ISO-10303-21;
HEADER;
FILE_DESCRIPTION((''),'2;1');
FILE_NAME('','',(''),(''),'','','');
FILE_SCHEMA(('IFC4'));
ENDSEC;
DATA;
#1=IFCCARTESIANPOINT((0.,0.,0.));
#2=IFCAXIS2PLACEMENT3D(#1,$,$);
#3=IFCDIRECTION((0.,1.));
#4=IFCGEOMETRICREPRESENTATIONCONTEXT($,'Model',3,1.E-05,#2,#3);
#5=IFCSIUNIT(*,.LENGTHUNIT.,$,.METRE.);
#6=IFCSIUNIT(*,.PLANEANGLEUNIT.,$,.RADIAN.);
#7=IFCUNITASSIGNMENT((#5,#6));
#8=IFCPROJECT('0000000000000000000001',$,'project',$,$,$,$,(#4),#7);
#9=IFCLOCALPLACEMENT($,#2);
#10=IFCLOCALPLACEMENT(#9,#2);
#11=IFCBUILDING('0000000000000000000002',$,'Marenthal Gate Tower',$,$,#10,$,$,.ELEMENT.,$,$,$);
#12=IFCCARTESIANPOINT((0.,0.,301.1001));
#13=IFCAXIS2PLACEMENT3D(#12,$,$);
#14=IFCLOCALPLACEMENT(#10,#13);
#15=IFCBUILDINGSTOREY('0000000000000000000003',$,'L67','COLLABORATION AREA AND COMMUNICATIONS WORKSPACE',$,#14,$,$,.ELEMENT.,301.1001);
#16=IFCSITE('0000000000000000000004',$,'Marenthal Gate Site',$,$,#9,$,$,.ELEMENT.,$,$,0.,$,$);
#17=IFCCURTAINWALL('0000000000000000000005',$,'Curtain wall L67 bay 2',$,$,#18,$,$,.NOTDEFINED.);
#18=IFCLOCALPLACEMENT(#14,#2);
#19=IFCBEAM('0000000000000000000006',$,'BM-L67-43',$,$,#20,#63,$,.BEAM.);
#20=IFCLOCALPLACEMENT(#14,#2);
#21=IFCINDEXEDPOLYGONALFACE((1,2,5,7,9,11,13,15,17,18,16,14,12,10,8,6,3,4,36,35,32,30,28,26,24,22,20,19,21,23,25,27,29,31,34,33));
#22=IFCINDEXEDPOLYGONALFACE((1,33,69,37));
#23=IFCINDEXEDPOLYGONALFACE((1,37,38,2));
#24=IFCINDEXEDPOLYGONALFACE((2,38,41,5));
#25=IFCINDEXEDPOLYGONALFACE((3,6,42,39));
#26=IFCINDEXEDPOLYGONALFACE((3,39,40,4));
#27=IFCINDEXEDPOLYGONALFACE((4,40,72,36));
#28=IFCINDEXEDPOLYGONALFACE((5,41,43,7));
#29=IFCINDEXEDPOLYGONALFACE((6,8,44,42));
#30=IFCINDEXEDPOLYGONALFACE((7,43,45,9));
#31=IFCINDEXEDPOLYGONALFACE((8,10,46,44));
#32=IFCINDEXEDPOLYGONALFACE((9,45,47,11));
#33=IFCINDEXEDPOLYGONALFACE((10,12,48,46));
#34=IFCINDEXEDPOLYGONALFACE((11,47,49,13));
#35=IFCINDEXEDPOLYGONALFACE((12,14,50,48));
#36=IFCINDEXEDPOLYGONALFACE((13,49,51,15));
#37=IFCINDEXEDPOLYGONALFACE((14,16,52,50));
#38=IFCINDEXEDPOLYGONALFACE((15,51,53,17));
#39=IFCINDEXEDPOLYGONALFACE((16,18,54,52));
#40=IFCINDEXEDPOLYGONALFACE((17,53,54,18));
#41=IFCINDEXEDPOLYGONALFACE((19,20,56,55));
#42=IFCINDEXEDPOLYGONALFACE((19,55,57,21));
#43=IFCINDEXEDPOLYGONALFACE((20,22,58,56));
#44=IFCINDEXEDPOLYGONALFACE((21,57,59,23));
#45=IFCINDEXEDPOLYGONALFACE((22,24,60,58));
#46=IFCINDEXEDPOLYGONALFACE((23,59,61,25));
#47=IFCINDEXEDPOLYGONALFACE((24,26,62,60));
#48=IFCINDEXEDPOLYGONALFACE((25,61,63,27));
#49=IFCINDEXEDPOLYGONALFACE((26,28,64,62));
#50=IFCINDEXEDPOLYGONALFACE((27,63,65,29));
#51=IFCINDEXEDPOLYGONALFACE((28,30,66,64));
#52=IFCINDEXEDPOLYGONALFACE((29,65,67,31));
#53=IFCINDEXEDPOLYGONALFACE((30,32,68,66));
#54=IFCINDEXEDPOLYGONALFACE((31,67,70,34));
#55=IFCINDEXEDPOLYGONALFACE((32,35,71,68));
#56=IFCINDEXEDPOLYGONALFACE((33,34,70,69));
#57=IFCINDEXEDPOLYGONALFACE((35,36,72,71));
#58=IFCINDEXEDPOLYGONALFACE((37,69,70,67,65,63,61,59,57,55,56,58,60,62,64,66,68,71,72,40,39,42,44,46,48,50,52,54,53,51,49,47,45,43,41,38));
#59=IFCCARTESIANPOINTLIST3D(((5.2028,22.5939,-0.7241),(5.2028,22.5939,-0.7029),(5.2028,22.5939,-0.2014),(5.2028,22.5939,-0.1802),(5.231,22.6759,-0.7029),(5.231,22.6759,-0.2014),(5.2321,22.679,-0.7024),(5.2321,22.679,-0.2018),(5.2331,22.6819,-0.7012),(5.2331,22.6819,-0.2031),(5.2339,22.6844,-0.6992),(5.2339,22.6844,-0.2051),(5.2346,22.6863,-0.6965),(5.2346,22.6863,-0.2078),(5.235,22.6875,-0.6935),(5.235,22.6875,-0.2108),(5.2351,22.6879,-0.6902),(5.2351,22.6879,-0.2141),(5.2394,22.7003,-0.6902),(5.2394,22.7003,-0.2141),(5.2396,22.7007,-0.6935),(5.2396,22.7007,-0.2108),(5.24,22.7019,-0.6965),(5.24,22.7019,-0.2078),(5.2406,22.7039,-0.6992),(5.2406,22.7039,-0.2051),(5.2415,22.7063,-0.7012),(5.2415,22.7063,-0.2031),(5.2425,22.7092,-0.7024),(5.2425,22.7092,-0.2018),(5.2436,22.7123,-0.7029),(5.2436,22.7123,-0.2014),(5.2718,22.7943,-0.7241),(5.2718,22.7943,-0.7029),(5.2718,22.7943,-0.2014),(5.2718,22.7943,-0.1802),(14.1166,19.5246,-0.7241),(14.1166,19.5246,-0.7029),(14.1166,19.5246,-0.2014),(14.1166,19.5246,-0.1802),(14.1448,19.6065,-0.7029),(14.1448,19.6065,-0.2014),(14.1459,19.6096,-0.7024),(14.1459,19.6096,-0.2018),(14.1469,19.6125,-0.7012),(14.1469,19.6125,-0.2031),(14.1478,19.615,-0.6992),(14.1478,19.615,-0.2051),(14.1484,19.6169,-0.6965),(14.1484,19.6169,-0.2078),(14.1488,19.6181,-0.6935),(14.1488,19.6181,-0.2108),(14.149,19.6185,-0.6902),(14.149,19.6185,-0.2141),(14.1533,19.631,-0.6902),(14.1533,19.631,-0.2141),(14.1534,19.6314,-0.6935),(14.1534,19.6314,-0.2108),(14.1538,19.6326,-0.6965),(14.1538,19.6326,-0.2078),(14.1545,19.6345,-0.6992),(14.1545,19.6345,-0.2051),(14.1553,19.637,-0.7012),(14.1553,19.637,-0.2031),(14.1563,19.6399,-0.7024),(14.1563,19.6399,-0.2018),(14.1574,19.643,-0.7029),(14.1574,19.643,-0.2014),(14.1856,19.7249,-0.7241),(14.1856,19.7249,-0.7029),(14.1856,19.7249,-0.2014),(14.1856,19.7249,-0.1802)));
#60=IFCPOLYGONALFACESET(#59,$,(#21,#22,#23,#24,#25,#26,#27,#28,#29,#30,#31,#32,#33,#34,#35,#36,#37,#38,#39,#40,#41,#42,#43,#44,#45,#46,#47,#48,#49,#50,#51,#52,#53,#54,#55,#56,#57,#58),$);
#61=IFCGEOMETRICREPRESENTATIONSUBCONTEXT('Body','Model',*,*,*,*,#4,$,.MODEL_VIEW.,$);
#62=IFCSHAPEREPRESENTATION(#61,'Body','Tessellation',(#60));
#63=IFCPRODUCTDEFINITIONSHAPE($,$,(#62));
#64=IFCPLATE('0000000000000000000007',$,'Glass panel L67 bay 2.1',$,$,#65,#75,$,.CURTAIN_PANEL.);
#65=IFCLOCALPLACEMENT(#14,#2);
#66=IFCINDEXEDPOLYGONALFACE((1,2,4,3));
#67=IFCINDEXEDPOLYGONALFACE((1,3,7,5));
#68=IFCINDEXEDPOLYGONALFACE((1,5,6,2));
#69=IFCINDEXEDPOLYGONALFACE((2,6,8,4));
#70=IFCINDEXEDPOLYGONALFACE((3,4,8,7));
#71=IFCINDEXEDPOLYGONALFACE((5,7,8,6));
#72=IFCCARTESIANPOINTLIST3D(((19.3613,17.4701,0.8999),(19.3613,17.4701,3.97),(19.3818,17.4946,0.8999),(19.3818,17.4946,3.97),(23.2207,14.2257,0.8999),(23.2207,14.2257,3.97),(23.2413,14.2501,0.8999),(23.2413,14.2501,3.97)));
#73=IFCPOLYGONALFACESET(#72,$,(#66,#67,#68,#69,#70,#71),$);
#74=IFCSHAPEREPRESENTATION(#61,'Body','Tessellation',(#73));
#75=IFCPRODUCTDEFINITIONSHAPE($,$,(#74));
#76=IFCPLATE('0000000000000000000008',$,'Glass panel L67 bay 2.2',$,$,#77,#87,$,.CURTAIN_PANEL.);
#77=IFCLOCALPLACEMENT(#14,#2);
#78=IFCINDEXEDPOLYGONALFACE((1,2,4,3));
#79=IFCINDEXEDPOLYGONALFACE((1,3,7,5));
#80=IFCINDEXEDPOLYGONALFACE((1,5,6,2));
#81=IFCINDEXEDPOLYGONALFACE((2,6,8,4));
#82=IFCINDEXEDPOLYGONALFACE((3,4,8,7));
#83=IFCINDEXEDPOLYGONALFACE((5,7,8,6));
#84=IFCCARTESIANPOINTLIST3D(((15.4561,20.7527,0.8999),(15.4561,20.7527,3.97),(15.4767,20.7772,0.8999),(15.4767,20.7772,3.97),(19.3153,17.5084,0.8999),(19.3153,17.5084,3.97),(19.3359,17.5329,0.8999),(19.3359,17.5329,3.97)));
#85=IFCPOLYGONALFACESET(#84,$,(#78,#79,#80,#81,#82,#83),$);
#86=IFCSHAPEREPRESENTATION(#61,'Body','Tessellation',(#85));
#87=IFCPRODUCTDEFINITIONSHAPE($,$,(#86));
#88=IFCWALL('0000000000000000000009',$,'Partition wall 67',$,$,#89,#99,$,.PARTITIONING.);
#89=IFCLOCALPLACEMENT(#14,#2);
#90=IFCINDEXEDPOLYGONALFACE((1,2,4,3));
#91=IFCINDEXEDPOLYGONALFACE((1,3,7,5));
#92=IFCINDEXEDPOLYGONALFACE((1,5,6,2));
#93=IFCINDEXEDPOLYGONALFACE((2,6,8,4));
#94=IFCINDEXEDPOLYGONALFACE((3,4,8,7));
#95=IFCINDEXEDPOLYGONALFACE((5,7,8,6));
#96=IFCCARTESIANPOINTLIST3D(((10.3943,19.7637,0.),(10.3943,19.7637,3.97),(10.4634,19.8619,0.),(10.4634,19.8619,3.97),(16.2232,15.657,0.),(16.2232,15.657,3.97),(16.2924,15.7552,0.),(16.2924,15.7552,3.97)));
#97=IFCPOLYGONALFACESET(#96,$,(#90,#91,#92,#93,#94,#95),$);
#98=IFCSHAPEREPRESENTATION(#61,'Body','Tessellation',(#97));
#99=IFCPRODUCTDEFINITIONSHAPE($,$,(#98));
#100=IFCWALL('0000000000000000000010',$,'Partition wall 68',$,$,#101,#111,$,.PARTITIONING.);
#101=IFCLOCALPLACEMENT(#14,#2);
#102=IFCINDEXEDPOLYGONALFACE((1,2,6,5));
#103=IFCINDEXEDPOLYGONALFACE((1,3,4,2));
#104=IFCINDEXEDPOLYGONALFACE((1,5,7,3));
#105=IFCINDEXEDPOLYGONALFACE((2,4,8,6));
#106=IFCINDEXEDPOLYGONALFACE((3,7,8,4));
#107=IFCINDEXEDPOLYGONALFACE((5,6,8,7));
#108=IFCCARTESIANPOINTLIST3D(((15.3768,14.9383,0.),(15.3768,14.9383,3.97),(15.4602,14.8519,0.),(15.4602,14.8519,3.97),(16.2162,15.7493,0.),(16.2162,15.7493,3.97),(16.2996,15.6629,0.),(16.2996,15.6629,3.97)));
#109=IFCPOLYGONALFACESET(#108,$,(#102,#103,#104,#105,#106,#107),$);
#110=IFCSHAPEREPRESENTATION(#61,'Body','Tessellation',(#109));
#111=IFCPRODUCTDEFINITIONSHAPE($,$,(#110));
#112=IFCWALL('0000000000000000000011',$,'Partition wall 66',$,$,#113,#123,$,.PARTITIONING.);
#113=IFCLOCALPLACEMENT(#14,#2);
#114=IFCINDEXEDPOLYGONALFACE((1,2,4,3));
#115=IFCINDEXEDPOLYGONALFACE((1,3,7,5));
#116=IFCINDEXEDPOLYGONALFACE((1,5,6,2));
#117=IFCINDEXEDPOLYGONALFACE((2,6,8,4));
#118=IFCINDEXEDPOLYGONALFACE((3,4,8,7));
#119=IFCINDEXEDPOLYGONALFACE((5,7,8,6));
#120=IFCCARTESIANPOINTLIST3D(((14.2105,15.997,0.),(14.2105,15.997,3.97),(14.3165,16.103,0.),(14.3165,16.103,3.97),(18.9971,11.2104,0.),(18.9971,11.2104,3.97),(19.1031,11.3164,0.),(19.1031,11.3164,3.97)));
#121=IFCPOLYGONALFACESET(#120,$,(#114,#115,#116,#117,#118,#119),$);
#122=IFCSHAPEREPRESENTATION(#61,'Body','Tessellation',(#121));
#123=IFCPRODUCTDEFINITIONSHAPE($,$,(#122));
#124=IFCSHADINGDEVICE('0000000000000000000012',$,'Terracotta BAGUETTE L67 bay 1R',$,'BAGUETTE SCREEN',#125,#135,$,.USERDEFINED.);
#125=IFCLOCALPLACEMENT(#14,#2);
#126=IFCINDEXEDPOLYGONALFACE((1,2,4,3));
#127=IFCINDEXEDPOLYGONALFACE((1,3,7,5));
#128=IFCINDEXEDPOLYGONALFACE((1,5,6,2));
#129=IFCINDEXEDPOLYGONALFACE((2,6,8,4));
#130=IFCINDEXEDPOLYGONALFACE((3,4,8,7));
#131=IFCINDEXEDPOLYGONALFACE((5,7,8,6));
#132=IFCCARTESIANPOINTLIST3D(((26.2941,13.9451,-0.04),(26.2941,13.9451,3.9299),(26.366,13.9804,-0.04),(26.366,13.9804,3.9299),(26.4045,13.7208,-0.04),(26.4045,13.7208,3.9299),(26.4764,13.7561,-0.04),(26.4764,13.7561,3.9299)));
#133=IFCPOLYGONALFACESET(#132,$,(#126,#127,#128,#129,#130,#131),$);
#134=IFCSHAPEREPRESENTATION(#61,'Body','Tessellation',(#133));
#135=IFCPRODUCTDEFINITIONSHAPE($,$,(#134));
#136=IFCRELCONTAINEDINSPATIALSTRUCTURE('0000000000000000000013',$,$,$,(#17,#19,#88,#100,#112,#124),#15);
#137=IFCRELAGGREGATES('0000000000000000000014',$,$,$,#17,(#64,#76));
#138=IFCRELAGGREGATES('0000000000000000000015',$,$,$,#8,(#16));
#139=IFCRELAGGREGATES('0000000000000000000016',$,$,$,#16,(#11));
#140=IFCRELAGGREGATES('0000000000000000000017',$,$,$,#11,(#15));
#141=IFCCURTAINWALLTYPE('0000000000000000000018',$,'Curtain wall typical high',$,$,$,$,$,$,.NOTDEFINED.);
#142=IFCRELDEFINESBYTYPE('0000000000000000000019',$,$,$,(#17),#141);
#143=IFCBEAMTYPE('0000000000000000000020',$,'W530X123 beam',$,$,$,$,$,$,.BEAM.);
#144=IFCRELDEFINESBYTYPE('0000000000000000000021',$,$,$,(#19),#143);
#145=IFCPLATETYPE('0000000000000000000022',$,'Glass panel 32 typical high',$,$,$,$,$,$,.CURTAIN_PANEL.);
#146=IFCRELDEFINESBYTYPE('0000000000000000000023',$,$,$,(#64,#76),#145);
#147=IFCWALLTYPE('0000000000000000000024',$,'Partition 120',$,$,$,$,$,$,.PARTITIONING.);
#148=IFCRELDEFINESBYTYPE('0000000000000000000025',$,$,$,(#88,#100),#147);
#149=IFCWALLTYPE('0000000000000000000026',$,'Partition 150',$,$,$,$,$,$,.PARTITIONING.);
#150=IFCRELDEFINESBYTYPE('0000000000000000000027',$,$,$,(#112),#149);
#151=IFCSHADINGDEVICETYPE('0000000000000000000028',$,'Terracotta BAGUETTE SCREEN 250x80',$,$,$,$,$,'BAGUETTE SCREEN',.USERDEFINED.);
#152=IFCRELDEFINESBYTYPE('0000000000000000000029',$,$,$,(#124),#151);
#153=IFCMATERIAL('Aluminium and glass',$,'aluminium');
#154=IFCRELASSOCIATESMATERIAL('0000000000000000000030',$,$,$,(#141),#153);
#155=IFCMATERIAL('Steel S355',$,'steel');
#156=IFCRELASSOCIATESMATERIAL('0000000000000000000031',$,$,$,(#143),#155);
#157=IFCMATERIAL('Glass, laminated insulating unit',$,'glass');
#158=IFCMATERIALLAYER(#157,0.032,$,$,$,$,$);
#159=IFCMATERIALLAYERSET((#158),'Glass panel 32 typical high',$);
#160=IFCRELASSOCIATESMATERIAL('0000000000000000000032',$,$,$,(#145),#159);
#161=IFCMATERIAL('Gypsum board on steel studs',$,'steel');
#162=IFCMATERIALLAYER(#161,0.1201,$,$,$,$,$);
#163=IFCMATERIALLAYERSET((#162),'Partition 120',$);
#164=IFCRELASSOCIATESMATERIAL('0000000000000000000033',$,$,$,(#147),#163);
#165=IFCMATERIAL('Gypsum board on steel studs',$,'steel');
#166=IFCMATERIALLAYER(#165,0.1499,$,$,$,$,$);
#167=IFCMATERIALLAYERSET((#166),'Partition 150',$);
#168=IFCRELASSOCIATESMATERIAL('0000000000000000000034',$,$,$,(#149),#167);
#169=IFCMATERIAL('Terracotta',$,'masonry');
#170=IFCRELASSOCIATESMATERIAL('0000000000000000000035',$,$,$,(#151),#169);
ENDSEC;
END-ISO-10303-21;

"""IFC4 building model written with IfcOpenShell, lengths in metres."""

from ifc_helpers import new_model, si_unit, direction, frame, frame_2d, origin, origin_2d, place, context, subcontext, project, spatial, rectangle, i_section, extrude, material, layer, layer_set, material_profile, profile_set, type_object, element, aggregate, save


model = new_model("IFC4")

# Units and contexts
model_context = context("Model", 3, precision=1e-05, world=origin(), true_north=direction((0.0, 1.0)))
body_context = subcontext(model_context, "Body", "Model", "MODEL_VIEW")
ifc_project = project(units=[si_unit("LENGTHUNIT", "METRE"), si_unit("PLANEANGLEUNIT", "RADIAN")], contexts=[model_context])

# Site, building, storey
site_placement = place(None, origin())
site = spatial("IfcSite", under=ifc_project, at=site_placement, Name="Marenthal Gate Site", CompositionType="ELEMENT", RefElevation=0.0)
building_placement = place(site_placement, origin())
building = spatial("IfcBuilding", under=site, at=building_placement, Name="Marenthal Gate Tower", CompositionType="ELEMENT")
storey_placement = place(building_placement, frame((0.0, 0.0, 301.1001)))
storey = spatial("IfcBuildingStorey", under=building, at=storey_placement, Name="L67", Description="COLLABORATION AREA AND COMMUNICATIONS WORKSPACE", CompositionType="ELEMENT", Elevation=301.1001)

# Curtain wall
ifc_material_1 = material(Name="Aluminium and glass", Category="aluminium")
curtain_wall_type = type_object("IfcCurtainWallType", Name="Curtain wall typical high", PredefinedType="NOTDEFINED", material=ifc_material_1)
curtain_wall_placement = place(storey_placement, origin())
curtain_wall = element("IfcCurtainWall", 1, at=curtain_wall_placement, inside=storey, type_object=curtain_wall_type, Name="Curtain wall L67 bay 2", PredefinedType="NOTDEFINED")

# Beam
ifc_material_2 = material(Name="Steel S355", Category="steel")
ifc_material_profile_1 = material_profile(ifc_material_2, i_section(OverallWidth=0.2119, OverallDepth=0.5439, WebThickness=0.0132, FlangeThickness=0.0212, FilletRadius=0.0127, at=origin_2d()), Name="W530X123")
ifc_profile_set_1 = profile_set([ifc_material_profile_1], Name="Steel S355")
beam_type_1 = type_object("IfcBeamType", Name="W530X123 beam", PredefinedType="BEAM", material=ifc_profile_set_1)
beam_1_placement = place(storey_placement, frame((14.1511, 19.6248, -0.4521), z_axis=(-0.945517, 0.325574, 0.0), x_axis=(-0.325574, -0.945517, 0.0)))
element("IfcBeam", 2, at=beam_1_placement, inside=storey, type_object=beam_type_1, Name="BM-L67-43", PredefinedType="BEAM", context=body_context, shape_type="SweptSolid", body=[
    extrude(i_section(OverallWidth=0.2119, OverallDepth=0.5439, WebThickness=0.0132, FlangeThickness=0.0212, FilletRadius=0.0127, at=origin_2d()), origin(), (0.0, 0.0, 1.0), 9.4275),
])

# Plates
ifc_material_3 = material(Name="Glass, laminated insulating unit", Category="glass")
ifc_layer_1 = layer(ifc_material_3, 0.032)
ifc_layer_set_1 = layer_set([ifc_layer_1], Name="Glass panel 32 typical high")
plate_type = type_object("IfcPlateType", Name="Glass panel 32 typical high", PredefinedType="CURTAIN_PANEL", material=ifc_layer_set_1)
plate_1_placement = place(storey_placement, frame((21.3013, 15.8601, 0.8999), z_axis=(0.0, 0.0, 1.0), x_axis=(-0.765463, 0.64348, 0.0)))
plate_1 = element("IfcPlate", 3, at=plate_1_placement, type_object=plate_type, Name="Glass panel L67 bay 2.1", PredefinedType="CURTAIN_PANEL", context=body_context, shape_type="SweptSolid", body=[
    extrude(rectangle(XDim=5.042, YDim=0.032, at=origin_2d()), origin(), (0.0, 0.0, 1.0), 3.0701),
])
plate_2_placement = place(storey_placement, frame((17.396, 19.1428, 0.8999), z_axis=(0.0, 0.0, 1.0), x_axis=(-0.765463, 0.64348, 0.0)))
plate_2 = element("IfcPlate", 4, at=plate_2_placement, type_object=plate_type, Name="Glass panel L67 bay 2.2", PredefinedType="CURTAIN_PANEL", context=body_context, shape_type="SweptSolid", body=[
    extrude(rectangle(XDim=5.0417, YDim=0.032, at=origin_2d()), origin(), (0.0, 0.0, 1.0), 3.0701),
])
aggregate(curtain_wall, [plate_1, plate_2])

# Walls
ifc_material_4 = material(Name="Gypsum board on steel studs", Category="steel")
ifc_layer_2 = layer(ifc_material_4, 0.1201)
ifc_layer_set_2 = layer_set([ifc_layer_2], Name="Partition 120")
wall_type_1 = type_object("IfcWallType", Name="Partition 120", PredefinedType="PARTITIONING", material=ifc_layer_set_2)
wall_1_placement = place(storey_placement, frame((16.2578, 15.7061, 0.0), z_axis=(0.0, 0.0, 1.0), x_axis=(-0.817483, 0.575953, 0.0)))
element("IfcWall", 5, at=wall_1_placement, inside=storey, type_object=wall_type_1, Name="Partition wall 67", PredefinedType="PARTITIONING", context=body_context, shape_type="SweptSolid", body=[
    extrude(rectangle(XDim=7.1304, YDim=0.1201, at=frame_2d((3.5652, 0.0))), origin(), (0.0, 0.0, 1.0), 3.97),
])
wall_2_placement = place(storey_placement, frame((16.2578, 15.7061, 0.0), z_axis=(0.0, 0.0, 1.0), x_axis=(-0.719135, -0.694871, 0.0)))
element("IfcWall", 6, at=wall_2_placement, inside=storey, type_object=wall_type_1, Name="Partition wall 68", PredefinedType="PARTITIONING", context=body_context, shape_type="SweptSolid", body=[
    extrude(rectangle(XDim=1.1672, YDim=0.1201, at=frame_2d((0.5835, 0.0))), origin(), (0.0, 0.0, 1.0), 3.97),
])
ifc_material_5 = material(Name="Gypsum board on steel studs", Category="steel")
ifc_layer_3 = layer(ifc_material_5, 0.1499)
ifc_layer_set_3 = layer_set([ifc_layer_3], Name="Partition 150")
wall_type_2 = type_object("IfcWallType", Name="Partition 150", PredefinedType="PARTITIONING", material=ifc_layer_set_3)
wall_3_placement = place(storey_placement, frame((14.2634, 16.05, 0.0), z_axis=(0.0, 0.0, 1.0), x_axis=(0.707107, -0.707107, 0.0)))
element("IfcWall", 7, at=wall_3_placement, inside=storey, type_object=wall_type_2, Name="Partition wall 66", PredefinedType="PARTITIONING", context=body_context, shape_type="SweptSolid", body=[
    extrude(rectangle(XDim=6.7693, YDim=0.1499, at=frame_2d((3.3848, 0.0))), origin(), (0.0, 0.0, 1.0), 3.97),
])

# Shading device
ifc_material_6 = material(Name="Terracotta", Category="masonry")
ifc_material_profile_2 = material_profile(ifc_material_6, rectangle(XDim=0.25, YDim=0.0801, at=origin_2d()), Name="Terracotta baguette 250x80")
ifc_profile_set_2 = profile_set([ifc_material_profile_2], Name="Terracotta")
shading_device_type = type_object("IfcShadingDeviceType", Name="Terracotta BAGUETTE SCREEN 250x80", ElementType="BAGUETTE SCREEN", PredefinedType="USERDEFINED", material=ifc_profile_set_2)
shading_device_placement = place(storey_placement, frame((26.3853, 13.8506, -0.04), z_axis=(0.0, 0.0, 1.0), x_axis=(-0.441624, 0.8972, 0.0)))
element("IfcShadingDevice", 8, at=shading_device_placement, inside=storey, type_object=shading_device_type, Name="Terracotta BAGUETTE L67 bay 1R", ObjectType="BAGUETTE SCREEN", PredefinedType="USERDEFINED", context=body_context, shape_type="SweptSolid", body=[
    extrude(rectangle(XDim=0.25, YDim=0.0801, at=origin_2d()), origin(), (0.0, 0.0, 1.0), 3.97),
])

save(model, "model.ifc")
